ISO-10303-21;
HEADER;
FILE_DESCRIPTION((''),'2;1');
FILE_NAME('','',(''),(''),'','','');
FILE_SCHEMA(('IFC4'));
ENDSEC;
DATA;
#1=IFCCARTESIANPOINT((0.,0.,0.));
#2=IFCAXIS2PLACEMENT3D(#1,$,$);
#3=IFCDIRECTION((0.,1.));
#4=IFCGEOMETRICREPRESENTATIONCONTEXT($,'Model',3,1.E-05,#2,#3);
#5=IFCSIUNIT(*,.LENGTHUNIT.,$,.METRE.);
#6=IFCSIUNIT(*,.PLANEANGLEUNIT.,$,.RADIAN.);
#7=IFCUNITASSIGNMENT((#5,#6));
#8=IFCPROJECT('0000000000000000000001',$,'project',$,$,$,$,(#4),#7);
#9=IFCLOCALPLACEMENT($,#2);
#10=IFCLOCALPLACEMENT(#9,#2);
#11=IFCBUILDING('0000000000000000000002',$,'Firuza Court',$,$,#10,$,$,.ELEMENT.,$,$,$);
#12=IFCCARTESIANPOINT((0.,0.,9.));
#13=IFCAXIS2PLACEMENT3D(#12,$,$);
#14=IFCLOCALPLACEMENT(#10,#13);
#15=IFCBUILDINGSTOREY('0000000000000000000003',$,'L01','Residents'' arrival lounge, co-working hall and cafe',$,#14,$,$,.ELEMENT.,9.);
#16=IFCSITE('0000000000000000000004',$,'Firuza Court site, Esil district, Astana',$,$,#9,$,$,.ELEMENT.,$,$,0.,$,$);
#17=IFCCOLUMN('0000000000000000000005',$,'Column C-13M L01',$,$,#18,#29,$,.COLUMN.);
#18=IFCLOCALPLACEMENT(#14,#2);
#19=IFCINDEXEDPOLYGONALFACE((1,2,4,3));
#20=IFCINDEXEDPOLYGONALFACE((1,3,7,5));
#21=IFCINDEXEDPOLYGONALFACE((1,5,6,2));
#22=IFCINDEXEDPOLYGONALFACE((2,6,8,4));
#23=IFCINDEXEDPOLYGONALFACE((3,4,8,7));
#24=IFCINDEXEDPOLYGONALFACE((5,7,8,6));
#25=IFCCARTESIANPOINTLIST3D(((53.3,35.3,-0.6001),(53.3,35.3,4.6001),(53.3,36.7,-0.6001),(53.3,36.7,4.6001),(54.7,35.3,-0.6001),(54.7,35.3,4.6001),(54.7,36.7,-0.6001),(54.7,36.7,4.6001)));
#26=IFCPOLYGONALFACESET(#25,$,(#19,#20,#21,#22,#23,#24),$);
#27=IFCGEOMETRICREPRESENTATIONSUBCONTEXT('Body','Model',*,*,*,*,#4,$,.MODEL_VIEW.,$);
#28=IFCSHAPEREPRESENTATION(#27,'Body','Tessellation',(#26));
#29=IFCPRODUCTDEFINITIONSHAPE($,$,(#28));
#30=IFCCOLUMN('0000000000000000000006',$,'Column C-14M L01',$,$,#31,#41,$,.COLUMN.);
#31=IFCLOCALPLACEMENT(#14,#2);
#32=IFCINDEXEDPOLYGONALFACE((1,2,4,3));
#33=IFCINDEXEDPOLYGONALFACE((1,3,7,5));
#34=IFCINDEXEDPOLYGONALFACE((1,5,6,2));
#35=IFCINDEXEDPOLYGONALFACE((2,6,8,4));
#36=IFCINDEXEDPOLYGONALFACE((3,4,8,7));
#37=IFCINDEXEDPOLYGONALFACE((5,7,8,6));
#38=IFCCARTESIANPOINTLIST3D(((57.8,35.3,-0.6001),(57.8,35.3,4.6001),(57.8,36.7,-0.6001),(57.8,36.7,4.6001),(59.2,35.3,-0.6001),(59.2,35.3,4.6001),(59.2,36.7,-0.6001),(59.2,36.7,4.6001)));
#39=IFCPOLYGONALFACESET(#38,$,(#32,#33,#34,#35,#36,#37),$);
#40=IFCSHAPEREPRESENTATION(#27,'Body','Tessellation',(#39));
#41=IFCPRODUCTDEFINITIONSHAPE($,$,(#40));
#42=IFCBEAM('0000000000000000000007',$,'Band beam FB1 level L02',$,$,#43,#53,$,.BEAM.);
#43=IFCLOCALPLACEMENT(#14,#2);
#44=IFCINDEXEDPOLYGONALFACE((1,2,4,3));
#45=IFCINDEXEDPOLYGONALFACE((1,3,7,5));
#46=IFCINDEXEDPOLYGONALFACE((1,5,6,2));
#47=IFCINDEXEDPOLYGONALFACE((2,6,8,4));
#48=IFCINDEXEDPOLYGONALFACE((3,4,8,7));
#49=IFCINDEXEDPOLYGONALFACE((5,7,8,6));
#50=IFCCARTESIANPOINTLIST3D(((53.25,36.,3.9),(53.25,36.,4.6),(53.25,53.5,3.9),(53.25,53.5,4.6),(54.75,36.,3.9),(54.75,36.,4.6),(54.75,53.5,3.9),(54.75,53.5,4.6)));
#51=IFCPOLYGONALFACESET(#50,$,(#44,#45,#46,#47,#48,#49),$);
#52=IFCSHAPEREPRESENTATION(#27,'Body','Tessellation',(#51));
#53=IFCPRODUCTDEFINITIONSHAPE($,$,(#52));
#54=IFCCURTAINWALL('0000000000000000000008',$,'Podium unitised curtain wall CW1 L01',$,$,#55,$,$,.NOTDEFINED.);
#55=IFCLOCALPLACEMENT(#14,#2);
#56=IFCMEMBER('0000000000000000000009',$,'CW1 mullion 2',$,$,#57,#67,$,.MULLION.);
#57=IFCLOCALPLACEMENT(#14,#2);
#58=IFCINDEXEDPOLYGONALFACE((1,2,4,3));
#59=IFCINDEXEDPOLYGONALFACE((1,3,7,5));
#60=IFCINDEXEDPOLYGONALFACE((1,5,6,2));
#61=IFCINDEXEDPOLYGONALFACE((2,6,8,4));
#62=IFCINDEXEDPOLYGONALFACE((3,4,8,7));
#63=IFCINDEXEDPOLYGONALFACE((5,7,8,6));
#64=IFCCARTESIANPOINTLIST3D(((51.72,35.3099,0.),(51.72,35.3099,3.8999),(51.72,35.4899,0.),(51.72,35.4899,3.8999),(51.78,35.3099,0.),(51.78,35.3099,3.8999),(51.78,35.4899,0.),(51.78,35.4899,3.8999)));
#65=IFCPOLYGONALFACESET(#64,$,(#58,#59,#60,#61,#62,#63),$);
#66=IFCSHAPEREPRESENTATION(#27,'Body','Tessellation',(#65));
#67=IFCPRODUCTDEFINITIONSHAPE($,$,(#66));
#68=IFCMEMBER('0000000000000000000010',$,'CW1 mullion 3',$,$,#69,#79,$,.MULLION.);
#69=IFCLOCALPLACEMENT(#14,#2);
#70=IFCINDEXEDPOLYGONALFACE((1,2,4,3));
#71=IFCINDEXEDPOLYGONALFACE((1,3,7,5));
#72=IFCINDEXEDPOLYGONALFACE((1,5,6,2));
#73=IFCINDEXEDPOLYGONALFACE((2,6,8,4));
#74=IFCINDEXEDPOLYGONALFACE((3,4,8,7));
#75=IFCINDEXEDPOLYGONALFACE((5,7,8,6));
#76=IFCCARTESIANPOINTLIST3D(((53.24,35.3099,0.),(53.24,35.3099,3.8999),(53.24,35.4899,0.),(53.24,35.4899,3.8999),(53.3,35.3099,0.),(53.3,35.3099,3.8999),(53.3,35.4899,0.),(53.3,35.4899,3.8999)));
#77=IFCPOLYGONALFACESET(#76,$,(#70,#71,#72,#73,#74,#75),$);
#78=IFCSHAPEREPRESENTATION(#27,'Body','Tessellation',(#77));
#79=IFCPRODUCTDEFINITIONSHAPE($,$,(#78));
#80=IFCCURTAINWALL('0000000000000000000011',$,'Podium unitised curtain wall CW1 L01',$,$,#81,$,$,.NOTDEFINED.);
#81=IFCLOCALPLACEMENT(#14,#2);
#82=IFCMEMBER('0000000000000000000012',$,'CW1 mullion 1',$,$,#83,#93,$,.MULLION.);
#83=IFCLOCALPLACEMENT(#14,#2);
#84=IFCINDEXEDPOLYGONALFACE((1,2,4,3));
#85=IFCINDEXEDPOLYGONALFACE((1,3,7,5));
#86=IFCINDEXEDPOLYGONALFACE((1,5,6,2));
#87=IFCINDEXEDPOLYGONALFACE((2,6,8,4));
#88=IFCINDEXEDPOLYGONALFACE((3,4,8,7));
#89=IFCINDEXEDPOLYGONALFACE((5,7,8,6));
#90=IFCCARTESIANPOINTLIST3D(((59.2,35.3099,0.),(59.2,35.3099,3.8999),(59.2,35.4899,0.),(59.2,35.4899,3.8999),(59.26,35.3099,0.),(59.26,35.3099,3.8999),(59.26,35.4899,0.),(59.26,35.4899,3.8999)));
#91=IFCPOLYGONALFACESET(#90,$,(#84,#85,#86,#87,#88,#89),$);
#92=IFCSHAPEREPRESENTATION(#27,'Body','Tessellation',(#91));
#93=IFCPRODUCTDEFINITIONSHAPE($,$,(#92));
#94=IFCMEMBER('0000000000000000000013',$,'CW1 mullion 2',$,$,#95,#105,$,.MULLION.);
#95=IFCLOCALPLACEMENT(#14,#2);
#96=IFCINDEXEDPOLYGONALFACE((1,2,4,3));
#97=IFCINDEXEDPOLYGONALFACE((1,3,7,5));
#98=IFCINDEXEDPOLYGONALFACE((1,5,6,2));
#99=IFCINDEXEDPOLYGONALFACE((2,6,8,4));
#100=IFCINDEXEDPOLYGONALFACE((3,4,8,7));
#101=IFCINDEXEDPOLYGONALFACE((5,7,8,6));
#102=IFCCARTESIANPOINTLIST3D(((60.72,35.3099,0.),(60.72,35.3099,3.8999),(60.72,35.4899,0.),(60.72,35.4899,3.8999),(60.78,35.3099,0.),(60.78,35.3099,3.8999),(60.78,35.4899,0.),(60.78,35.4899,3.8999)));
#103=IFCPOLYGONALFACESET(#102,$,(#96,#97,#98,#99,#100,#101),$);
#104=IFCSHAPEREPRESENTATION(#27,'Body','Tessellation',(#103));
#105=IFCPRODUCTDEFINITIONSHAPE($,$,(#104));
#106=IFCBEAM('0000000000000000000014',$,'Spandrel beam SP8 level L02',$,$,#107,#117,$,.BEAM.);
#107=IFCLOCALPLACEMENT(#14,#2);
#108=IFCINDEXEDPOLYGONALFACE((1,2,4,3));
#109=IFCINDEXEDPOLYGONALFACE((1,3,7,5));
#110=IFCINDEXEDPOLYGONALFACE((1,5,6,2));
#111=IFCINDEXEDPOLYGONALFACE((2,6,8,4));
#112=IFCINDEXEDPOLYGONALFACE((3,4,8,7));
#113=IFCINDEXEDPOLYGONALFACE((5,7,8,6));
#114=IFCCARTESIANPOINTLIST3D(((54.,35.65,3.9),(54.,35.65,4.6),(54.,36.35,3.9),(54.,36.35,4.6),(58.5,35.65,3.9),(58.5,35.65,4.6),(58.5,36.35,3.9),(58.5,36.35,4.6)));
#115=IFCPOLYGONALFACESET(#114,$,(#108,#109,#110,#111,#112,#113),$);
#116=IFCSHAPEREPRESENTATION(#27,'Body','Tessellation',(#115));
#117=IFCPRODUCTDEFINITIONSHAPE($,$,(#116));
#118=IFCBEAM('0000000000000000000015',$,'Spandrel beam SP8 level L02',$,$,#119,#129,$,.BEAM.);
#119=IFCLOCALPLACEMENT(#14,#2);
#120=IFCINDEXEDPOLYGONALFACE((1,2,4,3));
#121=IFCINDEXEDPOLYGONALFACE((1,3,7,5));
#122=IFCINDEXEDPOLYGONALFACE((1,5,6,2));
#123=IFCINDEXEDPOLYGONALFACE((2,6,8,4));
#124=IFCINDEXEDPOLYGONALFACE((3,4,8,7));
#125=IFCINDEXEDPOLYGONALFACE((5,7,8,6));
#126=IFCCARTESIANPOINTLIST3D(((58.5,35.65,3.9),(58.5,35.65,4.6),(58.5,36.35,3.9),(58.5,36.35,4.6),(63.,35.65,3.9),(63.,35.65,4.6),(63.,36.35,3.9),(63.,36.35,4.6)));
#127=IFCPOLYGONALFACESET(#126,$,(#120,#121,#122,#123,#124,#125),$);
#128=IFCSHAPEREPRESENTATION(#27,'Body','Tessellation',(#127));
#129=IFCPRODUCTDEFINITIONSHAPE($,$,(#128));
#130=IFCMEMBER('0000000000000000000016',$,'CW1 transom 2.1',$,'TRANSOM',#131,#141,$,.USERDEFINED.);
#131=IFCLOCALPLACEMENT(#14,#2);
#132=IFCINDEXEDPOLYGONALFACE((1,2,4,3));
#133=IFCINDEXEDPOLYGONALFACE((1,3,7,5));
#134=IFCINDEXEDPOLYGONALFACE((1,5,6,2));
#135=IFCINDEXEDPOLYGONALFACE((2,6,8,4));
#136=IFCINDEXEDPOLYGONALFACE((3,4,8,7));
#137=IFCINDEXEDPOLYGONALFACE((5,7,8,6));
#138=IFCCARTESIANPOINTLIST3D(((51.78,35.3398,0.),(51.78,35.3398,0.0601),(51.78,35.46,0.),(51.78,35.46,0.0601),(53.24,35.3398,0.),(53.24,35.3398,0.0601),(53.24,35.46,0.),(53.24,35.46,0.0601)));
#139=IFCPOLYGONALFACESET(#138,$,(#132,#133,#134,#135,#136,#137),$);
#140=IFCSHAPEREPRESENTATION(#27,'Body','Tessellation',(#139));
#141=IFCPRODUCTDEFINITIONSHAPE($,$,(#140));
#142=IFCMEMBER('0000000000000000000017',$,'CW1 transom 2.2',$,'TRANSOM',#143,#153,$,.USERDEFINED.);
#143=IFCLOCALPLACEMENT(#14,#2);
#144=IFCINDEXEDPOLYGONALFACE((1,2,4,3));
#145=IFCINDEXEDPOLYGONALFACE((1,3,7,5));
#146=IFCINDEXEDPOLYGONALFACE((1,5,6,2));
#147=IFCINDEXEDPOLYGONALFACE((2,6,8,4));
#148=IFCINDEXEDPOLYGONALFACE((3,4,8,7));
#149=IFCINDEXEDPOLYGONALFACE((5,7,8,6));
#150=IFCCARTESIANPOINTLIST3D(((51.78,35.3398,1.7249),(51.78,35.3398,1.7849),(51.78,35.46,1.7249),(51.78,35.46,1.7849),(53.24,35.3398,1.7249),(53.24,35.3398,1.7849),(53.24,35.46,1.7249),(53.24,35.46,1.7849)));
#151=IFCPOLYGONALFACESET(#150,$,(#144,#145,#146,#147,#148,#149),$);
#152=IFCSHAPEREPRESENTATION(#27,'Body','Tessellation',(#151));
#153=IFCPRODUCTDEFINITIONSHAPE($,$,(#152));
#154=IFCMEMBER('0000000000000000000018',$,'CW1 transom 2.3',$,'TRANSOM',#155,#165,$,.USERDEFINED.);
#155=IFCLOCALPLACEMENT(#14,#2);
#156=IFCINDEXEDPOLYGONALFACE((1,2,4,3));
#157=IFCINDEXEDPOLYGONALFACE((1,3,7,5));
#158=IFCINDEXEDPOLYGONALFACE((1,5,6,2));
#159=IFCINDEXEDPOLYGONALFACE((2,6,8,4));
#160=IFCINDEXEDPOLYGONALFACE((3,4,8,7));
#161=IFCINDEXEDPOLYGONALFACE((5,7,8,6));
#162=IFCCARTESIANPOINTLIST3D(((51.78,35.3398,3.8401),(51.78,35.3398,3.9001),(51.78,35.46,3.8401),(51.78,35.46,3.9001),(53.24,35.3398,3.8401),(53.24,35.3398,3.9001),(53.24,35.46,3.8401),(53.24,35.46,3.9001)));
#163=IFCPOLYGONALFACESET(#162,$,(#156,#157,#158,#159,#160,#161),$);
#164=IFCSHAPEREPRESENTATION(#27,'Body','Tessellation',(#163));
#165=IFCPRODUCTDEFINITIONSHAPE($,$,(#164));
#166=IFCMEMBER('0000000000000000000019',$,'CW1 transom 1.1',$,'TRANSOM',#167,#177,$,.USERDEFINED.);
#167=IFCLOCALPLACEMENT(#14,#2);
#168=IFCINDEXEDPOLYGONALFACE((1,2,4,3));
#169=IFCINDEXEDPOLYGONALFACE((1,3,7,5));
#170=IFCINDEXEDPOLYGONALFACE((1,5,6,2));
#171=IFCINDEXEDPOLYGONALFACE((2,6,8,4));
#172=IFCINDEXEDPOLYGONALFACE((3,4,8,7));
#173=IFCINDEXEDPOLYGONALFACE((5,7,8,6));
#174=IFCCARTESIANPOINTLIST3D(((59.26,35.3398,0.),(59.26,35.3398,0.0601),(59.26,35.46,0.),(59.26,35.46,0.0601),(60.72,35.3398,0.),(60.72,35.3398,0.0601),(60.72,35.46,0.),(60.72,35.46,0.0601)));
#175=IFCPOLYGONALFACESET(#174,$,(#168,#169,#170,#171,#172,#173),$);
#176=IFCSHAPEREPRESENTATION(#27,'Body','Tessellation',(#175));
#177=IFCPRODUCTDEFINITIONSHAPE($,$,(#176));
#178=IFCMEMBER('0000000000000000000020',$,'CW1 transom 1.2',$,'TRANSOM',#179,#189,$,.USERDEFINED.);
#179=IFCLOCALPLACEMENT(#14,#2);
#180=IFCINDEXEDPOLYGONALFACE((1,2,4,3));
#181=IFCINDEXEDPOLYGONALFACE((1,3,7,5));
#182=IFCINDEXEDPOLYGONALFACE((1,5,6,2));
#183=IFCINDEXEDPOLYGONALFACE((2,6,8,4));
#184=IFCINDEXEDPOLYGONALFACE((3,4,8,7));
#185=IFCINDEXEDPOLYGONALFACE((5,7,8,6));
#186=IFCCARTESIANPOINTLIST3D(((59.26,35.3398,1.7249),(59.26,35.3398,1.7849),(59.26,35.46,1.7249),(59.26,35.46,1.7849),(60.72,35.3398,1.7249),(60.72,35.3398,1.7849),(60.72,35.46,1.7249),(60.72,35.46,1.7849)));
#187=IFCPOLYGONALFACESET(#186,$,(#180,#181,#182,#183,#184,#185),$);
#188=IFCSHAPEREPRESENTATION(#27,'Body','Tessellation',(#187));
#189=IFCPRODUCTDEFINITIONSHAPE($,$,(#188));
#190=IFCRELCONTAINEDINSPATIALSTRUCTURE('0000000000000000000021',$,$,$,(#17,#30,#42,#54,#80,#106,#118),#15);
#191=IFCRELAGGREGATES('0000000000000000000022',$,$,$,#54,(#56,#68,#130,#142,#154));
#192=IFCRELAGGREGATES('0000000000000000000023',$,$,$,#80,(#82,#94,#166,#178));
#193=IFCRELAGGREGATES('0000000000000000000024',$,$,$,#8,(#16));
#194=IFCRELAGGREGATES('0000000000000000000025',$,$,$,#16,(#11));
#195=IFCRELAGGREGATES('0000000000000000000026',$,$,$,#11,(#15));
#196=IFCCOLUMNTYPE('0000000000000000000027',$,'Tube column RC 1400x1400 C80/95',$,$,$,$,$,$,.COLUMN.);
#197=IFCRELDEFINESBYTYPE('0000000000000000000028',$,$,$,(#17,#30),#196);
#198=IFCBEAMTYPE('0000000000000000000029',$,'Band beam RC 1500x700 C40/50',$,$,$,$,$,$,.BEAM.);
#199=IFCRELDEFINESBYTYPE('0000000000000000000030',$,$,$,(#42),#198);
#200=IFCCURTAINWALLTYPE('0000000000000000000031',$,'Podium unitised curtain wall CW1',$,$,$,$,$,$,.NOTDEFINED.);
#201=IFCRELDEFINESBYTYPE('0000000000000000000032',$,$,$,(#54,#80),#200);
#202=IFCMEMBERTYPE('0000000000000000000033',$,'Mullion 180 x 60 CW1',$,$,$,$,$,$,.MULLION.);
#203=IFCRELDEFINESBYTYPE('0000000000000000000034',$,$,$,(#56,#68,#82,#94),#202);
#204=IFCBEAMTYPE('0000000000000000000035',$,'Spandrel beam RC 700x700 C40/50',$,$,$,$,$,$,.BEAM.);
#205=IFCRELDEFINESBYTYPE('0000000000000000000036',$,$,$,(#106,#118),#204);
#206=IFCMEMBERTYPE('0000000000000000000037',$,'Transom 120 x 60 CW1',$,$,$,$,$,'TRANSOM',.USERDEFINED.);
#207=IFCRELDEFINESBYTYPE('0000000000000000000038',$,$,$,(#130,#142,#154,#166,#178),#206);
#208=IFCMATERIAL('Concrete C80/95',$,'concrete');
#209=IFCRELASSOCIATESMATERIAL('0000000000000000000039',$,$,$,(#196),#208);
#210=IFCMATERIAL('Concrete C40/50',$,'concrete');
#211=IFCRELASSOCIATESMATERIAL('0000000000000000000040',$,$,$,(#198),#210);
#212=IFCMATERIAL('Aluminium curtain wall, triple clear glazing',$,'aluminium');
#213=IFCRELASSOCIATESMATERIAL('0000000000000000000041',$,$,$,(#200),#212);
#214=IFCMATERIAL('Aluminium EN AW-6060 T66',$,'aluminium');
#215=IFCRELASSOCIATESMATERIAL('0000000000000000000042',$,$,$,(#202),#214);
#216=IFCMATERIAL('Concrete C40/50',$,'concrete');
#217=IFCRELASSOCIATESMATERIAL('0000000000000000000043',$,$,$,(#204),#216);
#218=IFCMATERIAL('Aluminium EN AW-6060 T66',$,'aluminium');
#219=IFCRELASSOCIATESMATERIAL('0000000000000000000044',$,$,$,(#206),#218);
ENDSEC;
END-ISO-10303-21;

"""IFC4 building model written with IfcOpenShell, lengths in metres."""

from ifc_helpers import new_model, si_unit, direction, frame, origin, origin_2d, place, context, subcontext, project, spatial, rectangle, extrude, material, material_profile, profile_set, type_object, element, aggregate, save


model = new_model("IFC4")

# Units and contexts
model_context = context("Model", 3, precision=1e-05, world=origin(), true_north=direction((0.0, 1.0)))
body_context = subcontext(model_context, "Body", "Model", "MODEL_VIEW")
ifc_project = project(units=[si_unit("LENGTHUNIT", "METRE"), si_unit("PLANEANGLEUNIT", "RADIAN")], contexts=[model_context])

# Site, building, storey
site_placement = place(None, origin())
site = spatial("IfcSite", under=ifc_project, at=site_placement, Name="Firuza Court site, Esil district, Astana", CompositionType="ELEMENT", RefElevation=0.0)
building_placement = place(site_placement, origin())
building = spatial("IfcBuilding", under=site, at=building_placement, Name="Firuza Court", CompositionType="ELEMENT")
storey_placement = place(building_placement, frame((0.0, 0.0, 9.0)))
storey = spatial("IfcBuildingStorey", under=building, at=storey_placement, Name="L01", Description="Residents' arrival lounge, co-working hall and cafe", CompositionType="ELEMENT", Elevation=9.0)

# Columns
ifc_material_1 = material(Name="Concrete C80/95", Category="concrete")
ifc_material_profile_1 = material_profile(ifc_material_1, rectangle(XDim=1.3999, YDim=1.3999, at=origin_2d()), Name="RC 1400x1400")
ifc_profile_set_1 = profile_set([ifc_material_profile_1], Name="Concrete C80/95")
column_type = type_object("IfcColumnType", Name="Tube column RC 1400x1400 C80/95", PredefinedType="COLUMN", material=ifc_profile_set_1)
for number, where, z_axis, x_axis, name in (
    (1, (54.0, 36.0, -0.6001), (0.0, 0.0, 1.0), (1.0, 0.0, 0.0), "Column C-13M L01"),
    (2, (58.5, 36.0, -0.6001), (0.0, 0.0, 1.0), (1.0, 0.0, 0.0), "Column C-14M L01"),
):
    element("IfcColumn", number, at=place(storey_placement, frame(where, z_axis=z_axis, x_axis=x_axis)), inside=storey, type_object=column_type, Name=name, PredefinedType="COLUMN", context=body_context, shape_type="SweptSolid", body=[
        extrude(rectangle(XDim=1.3999, YDim=1.3999, at=origin_2d()), origin(), (0.0, 0.0, 1.0), 5.2002),
    ])

# Beam
ifc_material_2 = material(Name="Concrete C40/50", Category="concrete")
ifc_material_profile_2 = material_profile(ifc_material_2, rectangle(XDim=1.5, YDim=0.7, at=origin_2d()), Name="RC 1500x700")
ifc_profile_set_2 = profile_set([ifc_material_profile_2], Name="Concrete C40/50")
beam_type_1 = type_object("IfcBeamType", Name="Band beam RC 1500x700 C40/50", PredefinedType="BEAM", material=ifc_profile_set_2)
beam_placement = place(storey_placement, frame((54.0, 36.0, 4.25), z_axis=(0.0, 1.0, 0.0), x_axis=(-1.0, 0.0, 0.0)))
element("IfcBeam", 3, at=beam_placement, inside=storey, type_object=beam_type_1, Name="Band beam FB1 level L02", PredefinedType="BEAM", context=body_context, shape_type="SweptSolid", body=[
    extrude(rectangle(XDim=1.5, YDim=0.7, at=origin_2d()), origin(), (0.0, 0.0, 1.0), 17.5),
])

# Curtain walls, members
ifc_material_3 = material(Name="Aluminium curtain wall, triple clear glazing", Category="aluminium")
curtain_wall_type = type_object("IfcCurtainWallType", Name="Podium unitised curtain wall CW1", PredefinedType="NOTDEFINED", material=ifc_material_3)
curtain_wall_1_placement = place(storey_placement, origin())
curtain_wall_1 = element("IfcCurtainWall", 4, at=curtain_wall_1_placement, inside=storey, type_object=curtain_wall_type, Name="Podium unitised curtain wall CW1 L01", PredefinedType="NOTDEFINED")
ifc_material_4 = material(Name="Aluminium EN AW-6060 T66", Category="aluminium")
ifc_material_profile_3 = material_profile(ifc_material_4, rectangle(XDim=0.1799, YDim=0.0601, at=origin_2d()), Name="Mullion 180 x 60 CW1")
ifc_profile_set_3 = profile_set([ifc_material_profile_3], Name="Aluminium EN AW-6060 T66")
member_type_1 = type_object("IfcMemberType", Name="Mullion 180 x 60 CW1", PredefinedType="MULLION", material=ifc_profile_set_3)
member_1_placement = place(storey_placement, frame((51.75, 35.3999, 0.0), z_axis=(0.0, 0.0, 1.0), x_axis=(0.0, 1.0, 0.0)))
member_1 = element("IfcMember", 5, at=member_1_placement, type_object=member_type_1, Name="CW1 mullion 2", PredefinedType="MULLION", context=body_context, shape_type="SweptSolid", body=[
    extrude(rectangle(XDim=0.1799, YDim=0.0601, at=origin_2d()), origin(), (0.0, 0.0, 1.0), 3.8999),
])
member_2_placement = place(storey_placement, frame((53.27, 35.3999, 0.0), z_axis=(0.0, 0.0, 1.0), x_axis=(0.0, 1.0, 0.0)))
member_2 = element("IfcMember", 6, at=member_2_placement, type_object=member_type_1, Name="CW1 mullion 3", PredefinedType="MULLION", context=body_context, shape_type="SweptSolid", body=[
    extrude(rectangle(XDim=0.1799, YDim=0.0601, at=origin_2d()), origin(), (0.0, 0.0, 1.0), 3.8999),
])
curtain_wall_2_placement = place(storey_placement, origin())
curtain_wall_2 = element("IfcCurtainWall", 7, at=curtain_wall_2_placement, inside=storey, type_object=curtain_wall_type, Name="Podium unitised curtain wall CW1 L01", PredefinedType="NOTDEFINED")
member_3_placement = place(storey_placement, frame((59.23, 35.3999, 0.0), z_axis=(0.0, 0.0, 1.0), x_axis=(0.0, 1.0, 0.0)))
member_3 = element("IfcMember", 8, at=member_3_placement, type_object=member_type_1, Name="CW1 mullion 1", PredefinedType="MULLION", context=body_context, shape_type="SweptSolid", body=[
    extrude(rectangle(XDim=0.1799, YDim=0.0601, at=origin_2d()), origin(), (0.0, 0.0, 1.0), 3.8999),
])
member_4_placement = place(storey_placement, frame((60.75, 35.3999, 0.0), z_axis=(0.0, 0.0, 1.0), x_axis=(0.0, 1.0, 0.0)))
member_4 = element("IfcMember", 9, at=member_4_placement, type_object=member_type_1, Name="CW1 mullion 2", PredefinedType="MULLION", context=body_context, shape_type="SweptSolid", body=[
    extrude(rectangle(XDim=0.1799, YDim=0.0601, at=origin_2d()), origin(), (0.0, 0.0, 1.0), 3.8999),
])

# Beams
ifc_material_5 = material(Name="Concrete C40/50", Category="concrete")
ifc_material_profile_4 = material_profile(ifc_material_5, rectangle(XDim=0.7, YDim=0.7, at=origin_2d()), Name="RC 700x700")
ifc_profile_set_4 = profile_set([ifc_material_profile_4], Name="Concrete C40/50")
beam_type_2 = type_object("IfcBeamType", Name="Spandrel beam RC 700x700 C40/50", PredefinedType="BEAM", material=ifc_profile_set_4)
for number, where, z_axis, x_axis, name in (
    (10, (54.0, 36.0, 4.25), (1.0, 0.0, 0.0), (0.0, 1.0, 0.0), "Spandrel beam SP8 level L02"),
    (11, (58.5, 36.0, 4.25), (1.0, 0.0, 0.0), (0.0, 1.0, 0.0), "Spandrel beam SP8 level L02"),
):
    element("IfcBeam", number, at=place(storey_placement, frame(where, z_axis=z_axis, x_axis=x_axis)), inside=storey, type_object=beam_type_2, Name=name, PredefinedType="BEAM", context=body_context, shape_type="SweptSolid", body=[
        extrude(rectangle(XDim=0.7, YDim=0.7, at=origin_2d()), origin(), (0.0, 0.0, 1.0), 4.5),
    ])

# Members
ifc_material_6 = material(Name="Aluminium EN AW-6060 T66", Category="aluminium")
ifc_material_profile_5 = material_profile(ifc_material_6, rectangle(XDim=0.1201, YDim=0.0601, at=origin_2d()), Name="Transom 120 x 60 CW1")
ifc_profile_set_5 = profile_set([ifc_material_profile_5], Name="Aluminium EN AW-6060 T66")
member_type_2 = type_object("IfcMemberType", Name="Transom 120 x 60 CW1", ElementType="TRANSOM", PredefinedType="USERDEFINED", material=ifc_profile_set_5)
member_5_placement = place(storey_placement, frame((51.78, 35.3999, 0.03), z_axis=(1.0, 0.0, 0.0), x_axis=(0.0, 1.0, 0.0)))
member_5 = element("IfcMember", 12, at=member_5_placement, type_object=member_type_2, Name="CW1 transom 2.1", ObjectType="TRANSOM", PredefinedType="USERDEFINED", context=body_context, shape_type="SweptSolid", body=[
    extrude(rectangle(XDim=0.1201, YDim=0.0601, at=origin_2d()), origin(), (0.0, 0.0, 1.0), 1.46),
])
member_6_placement = place(storey_placement, frame((51.78, 35.3999, 1.7549), z_axis=(1.0, 0.0, 0.0), x_axis=(0.0, 1.0, 0.0)))
member_6 = element("IfcMember", 13, at=member_6_placement, type_object=member_type_2, Name="CW1 transom 2.2", ObjectType="TRANSOM", PredefinedType="USERDEFINED", context=body_context, shape_type="SweptSolid", body=[
    extrude(rectangle(XDim=0.1201, YDim=0.0601, at=origin_2d()), origin(), (0.0, 0.0, 1.0), 1.46),
])
member_7_placement = place(storey_placement, frame((51.78, 35.3999, 3.8701), z_axis=(1.0, 0.0, 0.0), x_axis=(0.0, 1.0, 0.0)))
member_7 = element("IfcMember", 14, at=member_7_placement, type_object=member_type_2, Name="CW1 transom 2.3", ObjectType="TRANSOM", PredefinedType="USERDEFINED", context=body_context, shape_type="SweptSolid", body=[
    extrude(rectangle(XDim=0.1201, YDim=0.0601, at=origin_2d()), origin(), (0.0, 0.0, 1.0), 1.46),
])
member_8_placement = place(storey_placement, frame((59.26, 35.3999, 0.03), z_axis=(1.0, 0.0, 0.0), x_axis=(0.0, 1.0, 0.0)))
member_8 = element("IfcMember", 15, at=member_8_placement, type_object=member_type_2, Name="CW1 transom 1.1", ObjectType="TRANSOM", PredefinedType="USERDEFINED", context=body_context, shape_type="SweptSolid", body=[
    extrude(rectangle(XDim=0.1201, YDim=0.0601, at=origin_2d()), origin(), (0.0, 0.0, 1.0), 1.46),
])
member_9_placement = place(storey_placement, frame((59.26, 35.3999, 1.7549), z_axis=(1.0, 0.0, 0.0), x_axis=(0.0, 1.0, 0.0)))
member_9 = element("IfcMember", 16, at=member_9_placement, type_object=member_type_2, Name="CW1 transom 1.2", ObjectType="TRANSOM", PredefinedType="USERDEFINED", context=body_context, shape_type="SweptSolid", body=[
    extrude(rectangle(XDim=0.1201, YDim=0.0601, at=origin_2d()), origin(), (0.0, 0.0, 1.0), 1.46),
])

aggregate(curtain_wall_1, [member_1, member_2, member_5, member_6, member_7])
aggregate(curtain_wall_2, [member_3, member_4, member_8, member_9])

save(model, "model.ifc")
